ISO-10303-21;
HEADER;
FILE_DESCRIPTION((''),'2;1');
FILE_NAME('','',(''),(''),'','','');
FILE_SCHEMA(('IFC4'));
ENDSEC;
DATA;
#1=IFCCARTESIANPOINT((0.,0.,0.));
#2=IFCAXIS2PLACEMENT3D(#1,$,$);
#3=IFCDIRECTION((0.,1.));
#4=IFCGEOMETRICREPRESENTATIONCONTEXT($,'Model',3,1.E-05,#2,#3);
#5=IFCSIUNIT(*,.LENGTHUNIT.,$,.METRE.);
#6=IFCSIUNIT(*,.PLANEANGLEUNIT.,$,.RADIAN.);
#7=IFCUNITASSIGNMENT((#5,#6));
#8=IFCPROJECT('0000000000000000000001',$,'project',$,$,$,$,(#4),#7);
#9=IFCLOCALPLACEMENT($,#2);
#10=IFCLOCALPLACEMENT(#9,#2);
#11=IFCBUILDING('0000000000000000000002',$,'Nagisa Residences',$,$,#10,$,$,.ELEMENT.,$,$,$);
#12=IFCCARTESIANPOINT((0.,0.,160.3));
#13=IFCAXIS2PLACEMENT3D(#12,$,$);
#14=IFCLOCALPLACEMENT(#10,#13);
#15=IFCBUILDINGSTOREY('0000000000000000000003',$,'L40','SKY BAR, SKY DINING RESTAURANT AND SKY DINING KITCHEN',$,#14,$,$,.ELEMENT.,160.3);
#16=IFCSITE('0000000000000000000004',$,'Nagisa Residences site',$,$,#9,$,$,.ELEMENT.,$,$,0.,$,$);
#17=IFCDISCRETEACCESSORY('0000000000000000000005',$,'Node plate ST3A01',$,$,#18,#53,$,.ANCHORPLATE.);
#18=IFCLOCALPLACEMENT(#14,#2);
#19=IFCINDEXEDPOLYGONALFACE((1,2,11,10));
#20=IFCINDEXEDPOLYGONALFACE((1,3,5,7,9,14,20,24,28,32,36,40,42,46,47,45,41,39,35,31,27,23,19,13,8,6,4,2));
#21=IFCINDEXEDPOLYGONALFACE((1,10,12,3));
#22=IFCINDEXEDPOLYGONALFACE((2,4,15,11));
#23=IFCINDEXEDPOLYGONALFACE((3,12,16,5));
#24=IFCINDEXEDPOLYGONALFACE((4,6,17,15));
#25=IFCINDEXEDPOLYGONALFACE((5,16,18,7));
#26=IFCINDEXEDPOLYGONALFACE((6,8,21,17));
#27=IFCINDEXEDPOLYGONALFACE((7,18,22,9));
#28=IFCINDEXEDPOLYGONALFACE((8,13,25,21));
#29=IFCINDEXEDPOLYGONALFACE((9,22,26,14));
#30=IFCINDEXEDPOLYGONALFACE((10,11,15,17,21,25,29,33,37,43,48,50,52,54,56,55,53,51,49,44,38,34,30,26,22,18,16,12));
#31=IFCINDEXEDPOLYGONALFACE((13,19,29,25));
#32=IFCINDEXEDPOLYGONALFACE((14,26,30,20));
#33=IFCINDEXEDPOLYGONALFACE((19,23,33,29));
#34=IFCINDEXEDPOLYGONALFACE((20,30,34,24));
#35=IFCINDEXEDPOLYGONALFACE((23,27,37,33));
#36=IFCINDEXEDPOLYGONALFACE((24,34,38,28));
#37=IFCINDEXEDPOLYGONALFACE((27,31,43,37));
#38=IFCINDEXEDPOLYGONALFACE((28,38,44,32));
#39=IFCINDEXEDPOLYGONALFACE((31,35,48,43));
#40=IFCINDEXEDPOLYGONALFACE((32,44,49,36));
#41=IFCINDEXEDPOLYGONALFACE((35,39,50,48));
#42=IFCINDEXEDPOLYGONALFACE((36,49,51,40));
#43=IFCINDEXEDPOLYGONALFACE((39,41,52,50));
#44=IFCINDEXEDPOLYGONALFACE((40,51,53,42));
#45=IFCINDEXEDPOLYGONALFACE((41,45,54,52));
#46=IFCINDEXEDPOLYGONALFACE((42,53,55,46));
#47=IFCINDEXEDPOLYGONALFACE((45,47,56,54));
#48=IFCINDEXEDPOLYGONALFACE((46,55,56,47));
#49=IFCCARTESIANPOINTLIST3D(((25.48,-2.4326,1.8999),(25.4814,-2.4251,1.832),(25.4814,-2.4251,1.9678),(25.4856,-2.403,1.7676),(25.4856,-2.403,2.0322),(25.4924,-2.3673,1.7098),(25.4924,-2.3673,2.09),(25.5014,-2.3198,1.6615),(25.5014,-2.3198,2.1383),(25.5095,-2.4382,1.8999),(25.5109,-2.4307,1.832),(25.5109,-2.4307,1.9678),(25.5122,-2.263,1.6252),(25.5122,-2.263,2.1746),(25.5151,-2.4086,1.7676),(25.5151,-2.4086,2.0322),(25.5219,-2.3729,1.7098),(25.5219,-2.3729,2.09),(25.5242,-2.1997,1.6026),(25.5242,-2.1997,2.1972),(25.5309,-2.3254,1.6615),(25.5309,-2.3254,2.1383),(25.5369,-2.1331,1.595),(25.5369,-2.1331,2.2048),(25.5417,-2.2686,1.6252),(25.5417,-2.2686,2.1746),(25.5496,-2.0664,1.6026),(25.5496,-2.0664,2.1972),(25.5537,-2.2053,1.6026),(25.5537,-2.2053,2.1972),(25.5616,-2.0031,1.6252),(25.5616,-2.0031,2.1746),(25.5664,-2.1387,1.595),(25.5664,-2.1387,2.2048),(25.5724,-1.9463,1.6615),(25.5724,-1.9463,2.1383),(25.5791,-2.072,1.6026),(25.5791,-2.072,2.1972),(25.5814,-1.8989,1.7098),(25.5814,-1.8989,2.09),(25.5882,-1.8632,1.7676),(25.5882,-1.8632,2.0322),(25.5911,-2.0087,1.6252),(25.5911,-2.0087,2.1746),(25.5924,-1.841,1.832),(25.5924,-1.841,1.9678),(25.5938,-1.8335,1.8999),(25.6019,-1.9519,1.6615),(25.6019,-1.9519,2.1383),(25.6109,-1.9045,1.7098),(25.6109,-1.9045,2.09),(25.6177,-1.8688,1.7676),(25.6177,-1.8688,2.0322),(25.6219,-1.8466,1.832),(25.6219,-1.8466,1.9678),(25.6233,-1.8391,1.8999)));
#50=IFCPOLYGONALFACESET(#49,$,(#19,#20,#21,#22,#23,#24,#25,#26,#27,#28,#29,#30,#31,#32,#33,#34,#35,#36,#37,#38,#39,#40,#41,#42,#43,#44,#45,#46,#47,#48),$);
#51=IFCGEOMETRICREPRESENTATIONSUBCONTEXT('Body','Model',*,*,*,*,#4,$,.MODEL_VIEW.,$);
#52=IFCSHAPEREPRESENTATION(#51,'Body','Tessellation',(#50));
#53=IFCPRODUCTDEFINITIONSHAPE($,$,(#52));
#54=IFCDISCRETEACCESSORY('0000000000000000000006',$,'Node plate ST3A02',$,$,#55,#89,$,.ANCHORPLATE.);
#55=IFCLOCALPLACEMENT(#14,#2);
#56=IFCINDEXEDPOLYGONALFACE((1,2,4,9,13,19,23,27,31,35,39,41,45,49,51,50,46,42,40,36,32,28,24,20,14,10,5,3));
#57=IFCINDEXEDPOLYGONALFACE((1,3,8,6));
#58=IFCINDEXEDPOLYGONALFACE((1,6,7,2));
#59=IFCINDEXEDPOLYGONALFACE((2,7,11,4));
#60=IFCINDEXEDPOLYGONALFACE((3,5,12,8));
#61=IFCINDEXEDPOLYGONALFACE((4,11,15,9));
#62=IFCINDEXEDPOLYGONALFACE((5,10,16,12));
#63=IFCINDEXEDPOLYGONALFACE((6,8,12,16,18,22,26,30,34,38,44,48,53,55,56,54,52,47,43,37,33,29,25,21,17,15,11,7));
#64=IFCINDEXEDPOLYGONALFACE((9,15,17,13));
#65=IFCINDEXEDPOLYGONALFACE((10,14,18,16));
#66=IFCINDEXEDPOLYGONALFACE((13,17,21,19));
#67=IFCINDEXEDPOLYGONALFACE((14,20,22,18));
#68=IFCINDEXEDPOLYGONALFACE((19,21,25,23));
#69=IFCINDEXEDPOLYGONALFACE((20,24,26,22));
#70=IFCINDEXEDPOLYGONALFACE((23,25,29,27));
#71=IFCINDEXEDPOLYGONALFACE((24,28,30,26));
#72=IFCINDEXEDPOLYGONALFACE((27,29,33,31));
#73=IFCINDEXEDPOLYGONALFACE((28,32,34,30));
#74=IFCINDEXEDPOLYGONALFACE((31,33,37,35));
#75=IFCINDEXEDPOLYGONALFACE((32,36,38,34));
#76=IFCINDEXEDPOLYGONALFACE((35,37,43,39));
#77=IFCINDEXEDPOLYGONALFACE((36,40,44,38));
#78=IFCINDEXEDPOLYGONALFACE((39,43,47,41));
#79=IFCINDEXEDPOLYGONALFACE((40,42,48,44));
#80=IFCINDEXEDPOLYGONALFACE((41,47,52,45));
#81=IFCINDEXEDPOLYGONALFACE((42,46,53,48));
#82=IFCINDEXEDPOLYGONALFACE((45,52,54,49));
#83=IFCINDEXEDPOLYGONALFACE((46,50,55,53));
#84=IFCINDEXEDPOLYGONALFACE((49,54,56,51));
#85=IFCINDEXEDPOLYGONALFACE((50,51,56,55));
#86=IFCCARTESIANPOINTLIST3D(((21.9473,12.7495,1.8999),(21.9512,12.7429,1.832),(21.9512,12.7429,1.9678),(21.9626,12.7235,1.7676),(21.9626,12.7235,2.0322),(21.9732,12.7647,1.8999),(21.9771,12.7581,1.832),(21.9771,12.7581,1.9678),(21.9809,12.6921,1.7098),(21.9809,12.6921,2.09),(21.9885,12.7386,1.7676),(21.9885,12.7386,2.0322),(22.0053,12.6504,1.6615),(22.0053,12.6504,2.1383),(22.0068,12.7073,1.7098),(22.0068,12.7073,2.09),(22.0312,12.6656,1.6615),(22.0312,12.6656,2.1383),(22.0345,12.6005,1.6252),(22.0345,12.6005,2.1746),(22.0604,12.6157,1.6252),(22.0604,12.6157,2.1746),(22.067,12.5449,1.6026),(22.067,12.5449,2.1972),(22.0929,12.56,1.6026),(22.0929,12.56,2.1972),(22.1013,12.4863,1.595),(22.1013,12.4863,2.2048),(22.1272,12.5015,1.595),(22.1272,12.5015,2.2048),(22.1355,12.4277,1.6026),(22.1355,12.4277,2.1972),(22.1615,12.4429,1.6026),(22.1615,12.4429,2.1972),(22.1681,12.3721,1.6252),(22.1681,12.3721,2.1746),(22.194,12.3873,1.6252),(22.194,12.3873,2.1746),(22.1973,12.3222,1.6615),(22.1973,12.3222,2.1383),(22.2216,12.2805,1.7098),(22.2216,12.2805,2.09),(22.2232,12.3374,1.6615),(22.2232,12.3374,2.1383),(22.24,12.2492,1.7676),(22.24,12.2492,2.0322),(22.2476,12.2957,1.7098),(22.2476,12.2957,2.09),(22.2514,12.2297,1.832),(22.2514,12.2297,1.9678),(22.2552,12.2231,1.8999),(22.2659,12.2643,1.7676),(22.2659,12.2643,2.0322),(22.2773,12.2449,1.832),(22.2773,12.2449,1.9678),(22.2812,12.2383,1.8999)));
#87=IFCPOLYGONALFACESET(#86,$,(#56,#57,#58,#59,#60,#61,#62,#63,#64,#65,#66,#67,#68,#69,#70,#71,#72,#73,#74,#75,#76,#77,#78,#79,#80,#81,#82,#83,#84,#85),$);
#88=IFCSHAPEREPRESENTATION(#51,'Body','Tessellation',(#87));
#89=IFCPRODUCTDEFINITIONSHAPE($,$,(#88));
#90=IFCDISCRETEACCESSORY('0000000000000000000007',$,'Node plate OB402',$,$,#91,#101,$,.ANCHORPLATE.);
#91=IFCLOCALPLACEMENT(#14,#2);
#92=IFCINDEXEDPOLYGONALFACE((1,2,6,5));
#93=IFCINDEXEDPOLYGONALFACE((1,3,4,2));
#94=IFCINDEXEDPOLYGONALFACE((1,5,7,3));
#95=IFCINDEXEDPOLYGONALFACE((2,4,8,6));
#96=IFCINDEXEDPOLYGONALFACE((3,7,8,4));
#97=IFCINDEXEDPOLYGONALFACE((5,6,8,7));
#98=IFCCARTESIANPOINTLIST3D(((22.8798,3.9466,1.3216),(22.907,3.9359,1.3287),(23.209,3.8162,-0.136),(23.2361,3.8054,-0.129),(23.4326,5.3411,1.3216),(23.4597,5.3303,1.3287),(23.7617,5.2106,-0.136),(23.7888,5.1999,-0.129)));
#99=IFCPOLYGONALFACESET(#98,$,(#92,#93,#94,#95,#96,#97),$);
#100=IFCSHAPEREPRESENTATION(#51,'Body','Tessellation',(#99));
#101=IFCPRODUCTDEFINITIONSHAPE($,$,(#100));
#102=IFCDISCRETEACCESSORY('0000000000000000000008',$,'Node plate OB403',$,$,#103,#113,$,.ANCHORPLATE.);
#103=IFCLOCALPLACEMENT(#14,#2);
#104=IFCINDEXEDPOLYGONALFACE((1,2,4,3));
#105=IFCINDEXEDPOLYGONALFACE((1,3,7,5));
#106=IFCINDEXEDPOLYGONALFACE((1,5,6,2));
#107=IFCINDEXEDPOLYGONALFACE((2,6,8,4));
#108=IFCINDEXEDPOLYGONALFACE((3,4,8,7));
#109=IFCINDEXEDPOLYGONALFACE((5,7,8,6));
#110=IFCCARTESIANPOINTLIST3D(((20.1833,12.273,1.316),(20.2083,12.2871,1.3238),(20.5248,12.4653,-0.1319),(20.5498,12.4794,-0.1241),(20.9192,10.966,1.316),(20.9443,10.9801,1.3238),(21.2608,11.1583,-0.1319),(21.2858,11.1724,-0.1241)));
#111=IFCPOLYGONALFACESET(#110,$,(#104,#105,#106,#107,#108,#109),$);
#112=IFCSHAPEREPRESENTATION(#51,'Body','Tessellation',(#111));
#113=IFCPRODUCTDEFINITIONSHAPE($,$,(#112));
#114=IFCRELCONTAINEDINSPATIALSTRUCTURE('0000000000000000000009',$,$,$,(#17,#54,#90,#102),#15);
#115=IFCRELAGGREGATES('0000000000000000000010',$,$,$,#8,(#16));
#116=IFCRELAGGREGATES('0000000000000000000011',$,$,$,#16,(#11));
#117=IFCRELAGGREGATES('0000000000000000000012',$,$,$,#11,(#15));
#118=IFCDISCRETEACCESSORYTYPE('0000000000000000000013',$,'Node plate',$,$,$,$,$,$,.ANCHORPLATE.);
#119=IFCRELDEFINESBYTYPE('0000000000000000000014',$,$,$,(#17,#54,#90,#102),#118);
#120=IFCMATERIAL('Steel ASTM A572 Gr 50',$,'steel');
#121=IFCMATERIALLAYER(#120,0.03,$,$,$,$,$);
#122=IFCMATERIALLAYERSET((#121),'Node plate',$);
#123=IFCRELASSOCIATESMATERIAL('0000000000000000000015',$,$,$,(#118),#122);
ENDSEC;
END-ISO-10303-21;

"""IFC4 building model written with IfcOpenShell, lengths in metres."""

from ifc_helpers import new_model, si_unit, direction, frame, origin, origin_2d, place, context, subcontext, project, spatial, rectangle, circle, extrude, material, layer, layer_set, type_object, element, save


model = new_model("IFC4")

# Units and contexts
model_context = context("Model", 3, precision=1e-05, world=origin(), true_north=direction((0.0, 1.0)))
body_context = subcontext(model_context, "Body", "Model", "MODEL_VIEW")
ifc_project = project(units=[si_unit("LENGTHUNIT", "METRE"), si_unit("PLANEANGLEUNIT", "RADIAN")], contexts=[model_context])

# Site, building, storey
site_placement = place(None, origin())
site = spatial("IfcSite", under=ifc_project, at=site_placement, Name="Nagisa Residences site", CompositionType="ELEMENT", RefElevation=0.0)
building_placement = place(site_placement, origin())
building = spatial("IfcBuilding", under=site, at=building_placement, Name="Nagisa Residences", CompositionType="ELEMENT")
storey_placement = place(building_placement, frame((0.0, 0.0, 160.3)))
storey = spatial("IfcBuildingStorey", under=building, at=storey_placement, Name="L40", Description="SKY BAR, SKY DINING RESTAURANT AND SKY DINING KITCHEN", CompositionType="ELEMENT", Elevation=160.3)

# Discrete accessories
ifc_material_1 = material(Name="Steel ASTM A572 Gr 50", Category="steel")
ifc_layer_1 = layer(ifc_material_1, 0.03)
ifc_layer_set_1 = layer_set([ifc_layer_1], Name="Node plate")
discrete_accessory_type = type_object("IfcDiscreteAccessoryType", Name="Node plate", PredefinedType="ANCHORPLATE", material=ifc_layer_set_1)
for number, where, z_axis, x_axis, name in (
    (1, (25.5664, -2.1387, 1.8999), (-0.98241, 0.186739, 0.0), (-0.186739, -0.98241, 0.0), "Node plate ST3A01"),
    (2, (22.1272, 12.5015, 1.8999), (-0.863188, -0.504883, 0.0), (0.504883, -0.863188, 0.0), "Node plate ST3A02"),
):
    element("IfcDiscreteAccessory", number, at=place(storey_placement, frame(where, z_axis=z_axis, x_axis=x_axis)), inside=storey, type_object=discrete_accessory_type, Name=name, PredefinedType="ANCHORPLATE", context=body_context, shape_type="SweptSolid", body=[
        extrude(circle(Radius=0.3049, at=origin_2d()), origin(), (0.0, 0.0, 1.0), 0.03),
    ])
discrete_accessory_1_placement = place(storey_placement, frame((23.3479, 4.5679, 0.5999), z_axis=(-0.903365, 0.358091, -0.236014), x_axis=(-0.368501, -0.929627, 0.0)))
element("IfcDiscreteAccessory", 3, at=discrete_accessory_1_placement, inside=storey, type_object=discrete_accessory_type, Name="Node plate OB402", PredefinedType="ANCHORPLATE", context=body_context, shape_type="SweptSolid", body=[
    extrude(rectangle(XDim=1.5, YDim=1.5, at=origin_2d()), origin(), (0.0, 0.0, 1.0), 0.03),
])
discrete_accessory_2_placement = place(storey_placement, frame((20.7471, 11.7297, 0.5999), z_axis=(-0.841076, -0.473615, -0.261305), x_axis=(0.490663, -0.87135, 0.0)))
element("IfcDiscreteAccessory", 4, at=discrete_accessory_2_placement, inside=storey, type_object=discrete_accessory_type, Name="Node plate OB403", PredefinedType="ANCHORPLATE", context=body_context, shape_type="SweptSolid", body=[
    extrude(rectangle(XDim=1.5, YDim=1.5, at=origin_2d()), origin(), (0.0, 0.0, 1.0), 0.0298),
])

save(model, "model.ifc")
